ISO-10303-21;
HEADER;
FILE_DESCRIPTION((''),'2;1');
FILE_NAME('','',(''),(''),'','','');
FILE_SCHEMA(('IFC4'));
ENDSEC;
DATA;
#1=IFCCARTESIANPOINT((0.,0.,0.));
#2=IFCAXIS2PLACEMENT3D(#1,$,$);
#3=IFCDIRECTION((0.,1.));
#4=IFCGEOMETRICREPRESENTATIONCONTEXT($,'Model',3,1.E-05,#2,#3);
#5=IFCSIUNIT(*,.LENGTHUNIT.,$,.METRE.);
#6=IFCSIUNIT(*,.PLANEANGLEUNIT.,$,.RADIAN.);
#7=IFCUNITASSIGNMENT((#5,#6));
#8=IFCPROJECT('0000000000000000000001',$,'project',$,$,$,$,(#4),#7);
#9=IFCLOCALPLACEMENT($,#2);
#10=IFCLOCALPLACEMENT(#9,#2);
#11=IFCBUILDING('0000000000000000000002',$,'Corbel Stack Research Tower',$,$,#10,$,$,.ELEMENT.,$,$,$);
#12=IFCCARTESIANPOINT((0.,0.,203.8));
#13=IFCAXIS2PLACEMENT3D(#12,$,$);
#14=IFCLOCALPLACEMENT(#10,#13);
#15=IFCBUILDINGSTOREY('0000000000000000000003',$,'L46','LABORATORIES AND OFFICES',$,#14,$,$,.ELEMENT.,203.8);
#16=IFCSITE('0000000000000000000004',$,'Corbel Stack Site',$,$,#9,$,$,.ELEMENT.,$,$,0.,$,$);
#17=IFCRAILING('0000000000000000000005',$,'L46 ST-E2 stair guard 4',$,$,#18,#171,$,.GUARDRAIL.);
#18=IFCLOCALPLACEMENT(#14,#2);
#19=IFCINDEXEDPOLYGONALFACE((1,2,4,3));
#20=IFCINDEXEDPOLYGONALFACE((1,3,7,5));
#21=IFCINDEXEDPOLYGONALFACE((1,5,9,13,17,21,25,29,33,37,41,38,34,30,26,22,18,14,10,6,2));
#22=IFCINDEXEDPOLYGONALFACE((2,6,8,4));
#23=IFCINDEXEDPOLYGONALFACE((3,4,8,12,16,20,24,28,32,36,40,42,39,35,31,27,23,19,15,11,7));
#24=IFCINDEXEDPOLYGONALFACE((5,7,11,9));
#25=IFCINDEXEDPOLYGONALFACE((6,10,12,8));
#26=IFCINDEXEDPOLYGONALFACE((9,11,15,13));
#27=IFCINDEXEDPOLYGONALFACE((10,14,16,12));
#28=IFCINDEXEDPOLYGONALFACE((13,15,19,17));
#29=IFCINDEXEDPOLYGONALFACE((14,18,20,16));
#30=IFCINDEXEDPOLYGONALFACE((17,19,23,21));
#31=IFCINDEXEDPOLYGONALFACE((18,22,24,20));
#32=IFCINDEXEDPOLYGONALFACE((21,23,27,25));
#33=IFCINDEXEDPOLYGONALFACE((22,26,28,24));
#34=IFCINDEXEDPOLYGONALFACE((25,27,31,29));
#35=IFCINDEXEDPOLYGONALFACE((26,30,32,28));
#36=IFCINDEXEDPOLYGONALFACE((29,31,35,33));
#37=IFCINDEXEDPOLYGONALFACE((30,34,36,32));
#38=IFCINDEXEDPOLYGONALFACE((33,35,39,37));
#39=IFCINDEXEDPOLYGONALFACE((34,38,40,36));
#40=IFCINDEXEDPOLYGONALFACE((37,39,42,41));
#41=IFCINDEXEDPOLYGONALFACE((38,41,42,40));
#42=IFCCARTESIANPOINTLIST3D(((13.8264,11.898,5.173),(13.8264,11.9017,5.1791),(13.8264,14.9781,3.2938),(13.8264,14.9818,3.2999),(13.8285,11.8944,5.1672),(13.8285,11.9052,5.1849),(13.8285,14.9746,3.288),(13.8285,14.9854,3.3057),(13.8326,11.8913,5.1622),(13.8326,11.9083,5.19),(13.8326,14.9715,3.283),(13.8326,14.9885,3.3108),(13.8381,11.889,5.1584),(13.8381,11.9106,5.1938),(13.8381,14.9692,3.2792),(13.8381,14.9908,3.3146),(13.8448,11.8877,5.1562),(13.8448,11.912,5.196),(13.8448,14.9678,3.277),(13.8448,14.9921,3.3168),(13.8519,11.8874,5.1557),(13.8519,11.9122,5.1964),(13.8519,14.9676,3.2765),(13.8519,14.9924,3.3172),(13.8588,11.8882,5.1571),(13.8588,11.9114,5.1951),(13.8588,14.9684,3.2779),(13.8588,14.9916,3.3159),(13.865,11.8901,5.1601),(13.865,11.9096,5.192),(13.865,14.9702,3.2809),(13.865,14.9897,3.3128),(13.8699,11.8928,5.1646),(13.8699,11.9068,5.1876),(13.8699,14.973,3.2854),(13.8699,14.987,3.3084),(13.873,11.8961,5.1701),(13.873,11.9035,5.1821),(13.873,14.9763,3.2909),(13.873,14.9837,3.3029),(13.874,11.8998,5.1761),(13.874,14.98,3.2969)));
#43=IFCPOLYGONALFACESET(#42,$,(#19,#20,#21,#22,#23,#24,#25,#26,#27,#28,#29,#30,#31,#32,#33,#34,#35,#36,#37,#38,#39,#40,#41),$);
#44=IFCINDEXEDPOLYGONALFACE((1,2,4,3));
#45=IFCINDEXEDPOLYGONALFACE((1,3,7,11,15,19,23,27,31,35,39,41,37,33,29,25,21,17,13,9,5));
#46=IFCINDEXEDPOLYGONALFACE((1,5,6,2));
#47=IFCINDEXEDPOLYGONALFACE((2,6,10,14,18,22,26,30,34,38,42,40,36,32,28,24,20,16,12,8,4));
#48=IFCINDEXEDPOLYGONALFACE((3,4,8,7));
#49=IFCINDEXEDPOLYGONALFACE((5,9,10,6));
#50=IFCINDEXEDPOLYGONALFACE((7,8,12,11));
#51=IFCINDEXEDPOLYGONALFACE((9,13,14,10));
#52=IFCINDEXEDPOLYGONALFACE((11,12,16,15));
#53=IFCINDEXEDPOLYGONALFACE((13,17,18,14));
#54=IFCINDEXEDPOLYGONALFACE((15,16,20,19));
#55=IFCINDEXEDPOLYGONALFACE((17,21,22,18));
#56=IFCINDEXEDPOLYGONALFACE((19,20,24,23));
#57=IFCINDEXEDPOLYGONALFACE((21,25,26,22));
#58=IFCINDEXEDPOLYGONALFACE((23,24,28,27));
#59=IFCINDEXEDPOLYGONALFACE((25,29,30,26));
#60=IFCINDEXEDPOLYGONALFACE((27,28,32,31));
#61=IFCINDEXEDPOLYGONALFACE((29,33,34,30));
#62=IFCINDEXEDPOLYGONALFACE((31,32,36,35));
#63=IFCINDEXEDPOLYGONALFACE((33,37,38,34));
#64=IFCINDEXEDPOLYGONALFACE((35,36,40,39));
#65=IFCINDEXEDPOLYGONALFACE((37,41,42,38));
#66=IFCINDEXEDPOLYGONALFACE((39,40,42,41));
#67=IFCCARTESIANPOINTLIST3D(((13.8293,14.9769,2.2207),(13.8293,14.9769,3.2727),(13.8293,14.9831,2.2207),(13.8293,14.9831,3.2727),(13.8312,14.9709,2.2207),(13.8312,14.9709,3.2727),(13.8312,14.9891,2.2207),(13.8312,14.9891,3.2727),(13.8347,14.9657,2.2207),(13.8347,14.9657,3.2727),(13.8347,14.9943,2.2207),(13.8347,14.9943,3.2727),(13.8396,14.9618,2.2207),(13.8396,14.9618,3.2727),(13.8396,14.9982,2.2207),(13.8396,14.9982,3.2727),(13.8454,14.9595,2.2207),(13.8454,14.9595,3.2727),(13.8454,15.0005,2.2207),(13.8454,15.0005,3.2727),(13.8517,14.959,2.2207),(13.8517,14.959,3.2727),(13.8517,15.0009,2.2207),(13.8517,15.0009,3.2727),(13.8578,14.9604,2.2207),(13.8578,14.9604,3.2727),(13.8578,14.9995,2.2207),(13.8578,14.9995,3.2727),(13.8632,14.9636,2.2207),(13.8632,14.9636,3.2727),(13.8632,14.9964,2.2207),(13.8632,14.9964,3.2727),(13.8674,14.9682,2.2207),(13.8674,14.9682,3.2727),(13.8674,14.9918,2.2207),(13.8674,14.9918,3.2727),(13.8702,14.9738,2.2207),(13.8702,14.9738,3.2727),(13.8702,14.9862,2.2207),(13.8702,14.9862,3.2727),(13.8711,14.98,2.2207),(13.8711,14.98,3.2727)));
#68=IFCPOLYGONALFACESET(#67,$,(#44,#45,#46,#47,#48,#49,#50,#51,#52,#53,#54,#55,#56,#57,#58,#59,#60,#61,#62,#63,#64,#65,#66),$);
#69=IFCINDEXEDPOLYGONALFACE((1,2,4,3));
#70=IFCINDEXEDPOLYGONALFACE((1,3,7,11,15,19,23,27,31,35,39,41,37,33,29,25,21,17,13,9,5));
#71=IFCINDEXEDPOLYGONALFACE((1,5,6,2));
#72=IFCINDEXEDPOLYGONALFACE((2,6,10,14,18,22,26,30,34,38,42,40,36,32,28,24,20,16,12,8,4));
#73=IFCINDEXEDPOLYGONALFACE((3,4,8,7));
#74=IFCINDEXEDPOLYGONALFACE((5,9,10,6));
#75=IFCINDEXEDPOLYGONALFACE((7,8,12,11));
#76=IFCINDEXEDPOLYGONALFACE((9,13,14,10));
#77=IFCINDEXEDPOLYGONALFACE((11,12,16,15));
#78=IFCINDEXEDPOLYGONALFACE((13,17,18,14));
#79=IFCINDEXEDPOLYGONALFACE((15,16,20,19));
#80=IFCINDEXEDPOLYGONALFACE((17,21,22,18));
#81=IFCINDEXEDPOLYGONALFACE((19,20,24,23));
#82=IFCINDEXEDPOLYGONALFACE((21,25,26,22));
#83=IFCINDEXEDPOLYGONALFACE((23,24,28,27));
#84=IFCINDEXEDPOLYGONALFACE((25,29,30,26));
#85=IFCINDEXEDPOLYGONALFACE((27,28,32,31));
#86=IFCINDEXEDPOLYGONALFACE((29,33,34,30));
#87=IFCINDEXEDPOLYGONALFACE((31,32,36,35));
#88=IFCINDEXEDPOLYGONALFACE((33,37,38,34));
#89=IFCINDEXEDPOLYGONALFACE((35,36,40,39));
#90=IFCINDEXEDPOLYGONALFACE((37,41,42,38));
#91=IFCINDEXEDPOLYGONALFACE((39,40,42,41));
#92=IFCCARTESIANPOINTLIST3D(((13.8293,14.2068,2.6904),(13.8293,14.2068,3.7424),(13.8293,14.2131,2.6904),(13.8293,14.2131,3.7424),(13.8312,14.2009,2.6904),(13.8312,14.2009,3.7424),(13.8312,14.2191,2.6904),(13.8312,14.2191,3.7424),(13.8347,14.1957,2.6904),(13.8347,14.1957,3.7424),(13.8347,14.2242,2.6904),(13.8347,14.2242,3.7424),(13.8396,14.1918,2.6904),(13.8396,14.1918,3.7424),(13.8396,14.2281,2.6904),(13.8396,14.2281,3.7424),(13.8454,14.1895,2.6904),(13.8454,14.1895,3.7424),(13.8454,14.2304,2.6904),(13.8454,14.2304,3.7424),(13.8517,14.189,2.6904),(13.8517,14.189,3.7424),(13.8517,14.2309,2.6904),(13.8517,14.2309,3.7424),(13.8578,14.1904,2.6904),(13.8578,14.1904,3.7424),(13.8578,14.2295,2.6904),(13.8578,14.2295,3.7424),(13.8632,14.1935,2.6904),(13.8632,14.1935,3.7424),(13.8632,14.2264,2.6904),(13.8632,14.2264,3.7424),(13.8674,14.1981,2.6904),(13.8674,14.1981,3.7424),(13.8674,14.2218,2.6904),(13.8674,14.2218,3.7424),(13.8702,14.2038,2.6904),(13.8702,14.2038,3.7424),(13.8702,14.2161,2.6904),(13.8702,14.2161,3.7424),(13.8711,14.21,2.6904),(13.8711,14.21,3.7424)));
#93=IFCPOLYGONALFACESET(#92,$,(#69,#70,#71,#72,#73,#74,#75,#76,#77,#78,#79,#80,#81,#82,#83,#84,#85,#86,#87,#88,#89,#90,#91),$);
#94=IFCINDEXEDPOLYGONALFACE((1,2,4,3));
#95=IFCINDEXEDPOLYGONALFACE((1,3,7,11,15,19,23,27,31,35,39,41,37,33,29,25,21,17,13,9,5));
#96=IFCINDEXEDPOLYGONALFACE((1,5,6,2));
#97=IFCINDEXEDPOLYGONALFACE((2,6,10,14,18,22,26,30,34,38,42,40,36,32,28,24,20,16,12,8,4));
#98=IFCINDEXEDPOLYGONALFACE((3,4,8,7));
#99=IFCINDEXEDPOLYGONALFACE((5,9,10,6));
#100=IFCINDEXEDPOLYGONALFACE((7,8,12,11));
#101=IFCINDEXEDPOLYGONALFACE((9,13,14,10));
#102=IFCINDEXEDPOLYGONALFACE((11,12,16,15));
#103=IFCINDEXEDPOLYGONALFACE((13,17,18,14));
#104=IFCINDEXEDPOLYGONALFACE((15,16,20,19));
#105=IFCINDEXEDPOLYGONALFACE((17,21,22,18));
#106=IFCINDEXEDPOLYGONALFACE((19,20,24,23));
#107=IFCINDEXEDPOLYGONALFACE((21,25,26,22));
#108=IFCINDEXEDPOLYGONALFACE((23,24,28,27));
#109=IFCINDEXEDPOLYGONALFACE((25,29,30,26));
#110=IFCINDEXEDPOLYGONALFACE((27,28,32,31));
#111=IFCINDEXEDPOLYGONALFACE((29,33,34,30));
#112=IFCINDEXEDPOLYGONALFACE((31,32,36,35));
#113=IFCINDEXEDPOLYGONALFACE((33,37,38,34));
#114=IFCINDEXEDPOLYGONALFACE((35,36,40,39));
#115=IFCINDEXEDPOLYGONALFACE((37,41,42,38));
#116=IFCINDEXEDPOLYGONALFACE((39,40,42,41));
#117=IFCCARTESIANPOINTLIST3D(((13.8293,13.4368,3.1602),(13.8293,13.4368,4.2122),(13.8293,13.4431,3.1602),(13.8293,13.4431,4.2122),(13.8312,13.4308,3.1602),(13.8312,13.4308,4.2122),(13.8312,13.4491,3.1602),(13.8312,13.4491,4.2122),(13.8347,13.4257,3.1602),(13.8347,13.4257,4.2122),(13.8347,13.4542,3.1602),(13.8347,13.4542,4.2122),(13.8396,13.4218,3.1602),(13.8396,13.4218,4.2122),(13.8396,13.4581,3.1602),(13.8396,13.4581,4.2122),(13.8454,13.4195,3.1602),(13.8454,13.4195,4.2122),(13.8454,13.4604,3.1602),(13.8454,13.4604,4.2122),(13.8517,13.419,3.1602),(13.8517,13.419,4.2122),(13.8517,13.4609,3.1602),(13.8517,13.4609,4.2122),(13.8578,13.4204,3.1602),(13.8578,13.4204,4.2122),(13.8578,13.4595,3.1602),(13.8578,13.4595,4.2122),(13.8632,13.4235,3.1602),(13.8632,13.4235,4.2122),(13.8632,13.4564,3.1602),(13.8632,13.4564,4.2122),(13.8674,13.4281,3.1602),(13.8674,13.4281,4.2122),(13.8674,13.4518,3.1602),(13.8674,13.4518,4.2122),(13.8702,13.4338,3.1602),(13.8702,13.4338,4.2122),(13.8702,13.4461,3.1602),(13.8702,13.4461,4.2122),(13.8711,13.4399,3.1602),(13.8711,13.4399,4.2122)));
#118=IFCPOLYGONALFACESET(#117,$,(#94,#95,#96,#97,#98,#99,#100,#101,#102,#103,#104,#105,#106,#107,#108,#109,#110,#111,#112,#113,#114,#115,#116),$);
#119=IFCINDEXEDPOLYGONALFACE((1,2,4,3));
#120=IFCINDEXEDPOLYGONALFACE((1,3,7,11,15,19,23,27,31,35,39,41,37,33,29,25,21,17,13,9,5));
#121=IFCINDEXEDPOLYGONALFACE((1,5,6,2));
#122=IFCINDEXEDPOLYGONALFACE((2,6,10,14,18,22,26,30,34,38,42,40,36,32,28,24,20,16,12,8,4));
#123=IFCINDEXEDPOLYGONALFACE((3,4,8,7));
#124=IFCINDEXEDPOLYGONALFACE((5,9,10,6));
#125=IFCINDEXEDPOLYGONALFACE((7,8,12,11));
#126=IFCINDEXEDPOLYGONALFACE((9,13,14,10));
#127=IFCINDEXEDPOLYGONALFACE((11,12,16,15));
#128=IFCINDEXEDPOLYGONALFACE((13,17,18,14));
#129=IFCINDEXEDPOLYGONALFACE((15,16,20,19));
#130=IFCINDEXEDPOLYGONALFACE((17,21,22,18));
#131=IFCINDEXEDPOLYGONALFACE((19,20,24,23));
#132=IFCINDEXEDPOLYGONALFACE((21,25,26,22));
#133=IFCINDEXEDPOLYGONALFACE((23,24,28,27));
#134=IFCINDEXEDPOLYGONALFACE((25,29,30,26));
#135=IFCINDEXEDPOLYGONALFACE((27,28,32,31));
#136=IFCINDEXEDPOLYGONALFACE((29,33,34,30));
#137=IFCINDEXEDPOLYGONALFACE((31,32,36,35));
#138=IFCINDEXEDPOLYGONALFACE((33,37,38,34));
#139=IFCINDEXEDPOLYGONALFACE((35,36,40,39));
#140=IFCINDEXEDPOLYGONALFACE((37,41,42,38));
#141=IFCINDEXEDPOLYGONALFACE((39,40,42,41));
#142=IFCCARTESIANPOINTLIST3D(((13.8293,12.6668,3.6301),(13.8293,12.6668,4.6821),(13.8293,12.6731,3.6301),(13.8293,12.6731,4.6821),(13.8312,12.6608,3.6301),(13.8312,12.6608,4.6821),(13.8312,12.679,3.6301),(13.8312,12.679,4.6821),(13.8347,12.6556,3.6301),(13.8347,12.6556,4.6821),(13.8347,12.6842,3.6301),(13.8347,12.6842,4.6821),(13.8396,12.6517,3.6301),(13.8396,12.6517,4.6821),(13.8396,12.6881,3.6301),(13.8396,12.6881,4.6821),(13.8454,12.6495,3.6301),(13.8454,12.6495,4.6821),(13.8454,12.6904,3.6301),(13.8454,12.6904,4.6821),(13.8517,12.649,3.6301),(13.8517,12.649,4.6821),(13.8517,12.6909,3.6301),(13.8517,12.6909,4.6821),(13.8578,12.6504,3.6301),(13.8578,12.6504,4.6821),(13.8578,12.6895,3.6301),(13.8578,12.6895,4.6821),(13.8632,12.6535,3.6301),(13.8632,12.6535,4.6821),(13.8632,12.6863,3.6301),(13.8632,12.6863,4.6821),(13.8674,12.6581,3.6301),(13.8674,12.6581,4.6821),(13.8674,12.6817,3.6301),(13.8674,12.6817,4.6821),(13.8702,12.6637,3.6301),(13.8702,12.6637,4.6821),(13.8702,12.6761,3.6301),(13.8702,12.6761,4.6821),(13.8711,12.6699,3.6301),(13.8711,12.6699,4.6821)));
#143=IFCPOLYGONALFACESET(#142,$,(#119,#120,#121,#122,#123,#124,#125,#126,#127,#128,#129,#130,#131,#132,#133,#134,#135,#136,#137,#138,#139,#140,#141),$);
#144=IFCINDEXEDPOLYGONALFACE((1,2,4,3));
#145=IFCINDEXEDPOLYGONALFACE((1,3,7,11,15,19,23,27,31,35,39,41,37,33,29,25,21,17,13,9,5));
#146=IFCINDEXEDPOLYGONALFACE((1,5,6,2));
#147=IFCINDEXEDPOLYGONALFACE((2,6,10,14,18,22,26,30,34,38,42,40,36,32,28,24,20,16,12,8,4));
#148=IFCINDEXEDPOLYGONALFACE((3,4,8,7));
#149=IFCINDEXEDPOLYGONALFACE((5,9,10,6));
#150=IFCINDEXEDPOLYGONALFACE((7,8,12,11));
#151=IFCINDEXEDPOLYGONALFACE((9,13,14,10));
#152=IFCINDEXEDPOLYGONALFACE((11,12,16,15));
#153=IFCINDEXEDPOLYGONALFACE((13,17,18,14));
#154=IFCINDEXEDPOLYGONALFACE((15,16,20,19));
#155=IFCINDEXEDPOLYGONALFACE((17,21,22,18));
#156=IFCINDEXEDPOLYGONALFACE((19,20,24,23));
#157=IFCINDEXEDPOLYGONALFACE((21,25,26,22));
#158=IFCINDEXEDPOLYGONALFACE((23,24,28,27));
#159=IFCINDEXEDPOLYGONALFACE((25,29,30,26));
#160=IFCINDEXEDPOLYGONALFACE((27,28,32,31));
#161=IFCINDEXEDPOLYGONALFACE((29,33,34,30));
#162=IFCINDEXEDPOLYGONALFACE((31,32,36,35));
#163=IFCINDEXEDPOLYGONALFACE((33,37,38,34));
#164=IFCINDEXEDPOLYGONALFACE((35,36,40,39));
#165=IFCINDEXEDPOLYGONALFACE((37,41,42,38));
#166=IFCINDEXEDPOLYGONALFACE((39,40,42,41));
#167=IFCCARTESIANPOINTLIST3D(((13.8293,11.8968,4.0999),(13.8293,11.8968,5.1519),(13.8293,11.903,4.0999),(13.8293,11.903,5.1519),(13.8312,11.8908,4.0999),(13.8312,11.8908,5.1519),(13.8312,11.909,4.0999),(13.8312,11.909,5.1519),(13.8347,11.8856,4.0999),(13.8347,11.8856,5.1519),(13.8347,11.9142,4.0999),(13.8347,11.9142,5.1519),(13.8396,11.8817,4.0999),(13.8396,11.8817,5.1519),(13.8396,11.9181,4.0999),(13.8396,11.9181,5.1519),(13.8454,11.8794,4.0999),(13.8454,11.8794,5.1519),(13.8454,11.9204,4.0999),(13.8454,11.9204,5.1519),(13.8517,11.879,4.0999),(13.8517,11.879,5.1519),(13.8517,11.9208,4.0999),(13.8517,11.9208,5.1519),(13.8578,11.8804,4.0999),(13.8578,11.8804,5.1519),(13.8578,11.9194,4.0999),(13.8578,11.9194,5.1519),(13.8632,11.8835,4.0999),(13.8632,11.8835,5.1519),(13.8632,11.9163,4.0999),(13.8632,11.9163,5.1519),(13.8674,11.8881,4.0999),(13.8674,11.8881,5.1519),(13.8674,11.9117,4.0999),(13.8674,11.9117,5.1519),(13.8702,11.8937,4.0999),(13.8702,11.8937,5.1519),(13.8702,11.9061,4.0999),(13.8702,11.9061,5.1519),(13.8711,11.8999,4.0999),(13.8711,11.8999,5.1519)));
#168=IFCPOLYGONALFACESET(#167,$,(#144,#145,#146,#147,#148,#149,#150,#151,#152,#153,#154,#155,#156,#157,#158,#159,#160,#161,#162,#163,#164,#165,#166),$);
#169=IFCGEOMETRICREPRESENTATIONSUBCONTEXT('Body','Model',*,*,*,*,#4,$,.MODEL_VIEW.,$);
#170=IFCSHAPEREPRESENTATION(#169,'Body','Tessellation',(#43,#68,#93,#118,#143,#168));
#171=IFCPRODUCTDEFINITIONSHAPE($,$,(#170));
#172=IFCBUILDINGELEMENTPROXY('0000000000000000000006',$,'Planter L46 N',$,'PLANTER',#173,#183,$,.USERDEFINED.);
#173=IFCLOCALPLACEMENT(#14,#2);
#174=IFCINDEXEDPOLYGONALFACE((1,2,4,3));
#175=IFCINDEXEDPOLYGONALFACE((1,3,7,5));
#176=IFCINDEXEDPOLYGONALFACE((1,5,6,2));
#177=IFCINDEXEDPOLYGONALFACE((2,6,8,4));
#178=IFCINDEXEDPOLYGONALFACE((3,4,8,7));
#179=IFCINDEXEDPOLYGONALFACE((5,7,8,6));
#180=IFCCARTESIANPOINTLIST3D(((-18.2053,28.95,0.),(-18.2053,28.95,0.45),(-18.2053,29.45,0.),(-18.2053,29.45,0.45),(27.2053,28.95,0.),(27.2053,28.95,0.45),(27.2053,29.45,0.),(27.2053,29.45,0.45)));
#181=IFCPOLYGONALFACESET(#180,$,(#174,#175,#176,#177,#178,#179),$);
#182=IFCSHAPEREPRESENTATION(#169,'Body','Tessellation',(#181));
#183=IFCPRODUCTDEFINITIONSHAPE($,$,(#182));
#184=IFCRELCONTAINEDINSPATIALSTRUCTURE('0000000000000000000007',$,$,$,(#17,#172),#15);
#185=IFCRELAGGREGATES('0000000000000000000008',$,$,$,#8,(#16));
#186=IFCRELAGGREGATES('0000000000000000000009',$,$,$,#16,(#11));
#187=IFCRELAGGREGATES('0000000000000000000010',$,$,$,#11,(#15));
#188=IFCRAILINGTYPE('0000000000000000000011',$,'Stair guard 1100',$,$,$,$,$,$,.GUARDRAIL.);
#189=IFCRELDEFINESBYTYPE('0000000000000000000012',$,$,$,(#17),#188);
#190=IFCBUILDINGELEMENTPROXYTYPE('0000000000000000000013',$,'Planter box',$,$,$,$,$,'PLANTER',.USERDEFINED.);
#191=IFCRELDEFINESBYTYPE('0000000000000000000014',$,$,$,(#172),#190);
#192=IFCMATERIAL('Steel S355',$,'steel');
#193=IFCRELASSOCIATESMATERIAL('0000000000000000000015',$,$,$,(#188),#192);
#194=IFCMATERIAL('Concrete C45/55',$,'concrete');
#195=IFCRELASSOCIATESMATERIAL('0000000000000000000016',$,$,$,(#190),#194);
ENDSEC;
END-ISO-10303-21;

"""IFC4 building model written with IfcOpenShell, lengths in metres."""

from ifc_helpers import new_model, si_unit, direction, frame, origin, origin_2d, place, context, subcontext, project, spatial, rectangle, circle, extrude, material, type_object, element, save


model = new_model("IFC4")

# Units and contexts
model_context = context("Model", 3, precision=1e-05, world=origin(), true_north=direction((0.0, 1.0)))
body_context = subcontext(model_context, "Body", "Model", "MODEL_VIEW")
ifc_project = project(units=[si_unit("LENGTHUNIT", "METRE"), si_unit("PLANEANGLEUNIT", "RADIAN")], contexts=[model_context])

# Site, building, storey
site_placement = place(None, origin())
site = spatial("IfcSite", under=ifc_project, at=site_placement, Name="Corbel Stack Site", CompositionType="ELEMENT", RefElevation=0.0)
building_placement = place(site_placement, origin())
building = spatial("IfcBuilding", under=site, at=building_placement, Name="Corbel Stack Research Tower", CompositionType="ELEMENT")
storey_placement = place(building_placement, frame((0.0, 0.0, 203.8)))
storey = spatial("IfcBuildingStorey", under=building, at=storey_placement, Name="L46", Description="LABORATORIES AND OFFICES", CompositionType="ELEMENT", Elevation=203.8)

# Railing
ifc_material_1 = material(Name="Steel S355", Category="steel")
railing_type = type_object("IfcRailingType", Name="Stair guard 1100", PredefinedType="GUARDRAIL", material=ifc_material_1)
railing_1_placement = place(storey_placement, frame((13.8501, 14.98, 2.2207)))
element("IfcRailing", 1, at=railing_1_placement, inside=storey, type_object=railing_type, Name="L46 ST-E2 stair guard 4", PredefinedType="GUARDRAIL", context=body_context, shape_type="SweptSolid", body=[
    extrude(circle(Radius=0.0239, at=origin_2d()), frame((0.0, 0.0, 1.0762), z_axis=(0.0, -0.853666, 0.52082), x_axis=(1.0, 0.0, 0.0)), (0.0, 0.0, 1.0), 3.6082),
    extrude(circle(Radius=0.021, at=origin_2d()), origin(), (0.0, 0.0, 1.0), 1.052),
    extrude(circle(Radius=0.021, at=origin_2d()), frame((0.0, -0.77, 0.4697)), (0.0, 0.0, 1.0), 1.052),
    extrude(circle(Radius=0.021, at=origin_2d()), frame((0.0, -1.54, 0.9395)), (0.0, 0.0, 1.0), 1.052),
    extrude(circle(Radius=0.021, at=origin_2d()), frame((0.0, -2.3101, 1.4094)), (0.0, 0.0, 1.0), 1.052),
    extrude(circle(Radius=0.021, at=origin_2d()), frame((0.0, -3.0801, 1.8792)), (0.0, 0.0, 1.0), 1.052),
])

# Building element proxy
ifc_material_2 = material(Name="Concrete C45/55", Category="concrete")
building_element_proxy_type = type_object("IfcBuildingElementProxyType", Name="Planter box", ElementType="PLANTER", PredefinedType="USERDEFINED", material=ifc_material_2)
proxy_placement = place(storey_placement, frame((4.5, 29.2, 0.0), z_axis=(0.0, 0.0, 1.0), x_axis=(-1.0, 0.0, 0.0)))
element("IfcBuildingElementProxy", 2, at=proxy_placement, inside=storey, type_object=building_element_proxy_type, Name="Planter L46 N", ObjectType="PLANTER", PredefinedType="USERDEFINED", context=body_context, shape_type="SweptSolid", body=[
    extrude(rectangle(XDim=45.4106, YDim=0.5, at=origin_2d()), origin(), (0.0, 0.0, 1.0), 0.45),
])

save(model, "model.ifc")
